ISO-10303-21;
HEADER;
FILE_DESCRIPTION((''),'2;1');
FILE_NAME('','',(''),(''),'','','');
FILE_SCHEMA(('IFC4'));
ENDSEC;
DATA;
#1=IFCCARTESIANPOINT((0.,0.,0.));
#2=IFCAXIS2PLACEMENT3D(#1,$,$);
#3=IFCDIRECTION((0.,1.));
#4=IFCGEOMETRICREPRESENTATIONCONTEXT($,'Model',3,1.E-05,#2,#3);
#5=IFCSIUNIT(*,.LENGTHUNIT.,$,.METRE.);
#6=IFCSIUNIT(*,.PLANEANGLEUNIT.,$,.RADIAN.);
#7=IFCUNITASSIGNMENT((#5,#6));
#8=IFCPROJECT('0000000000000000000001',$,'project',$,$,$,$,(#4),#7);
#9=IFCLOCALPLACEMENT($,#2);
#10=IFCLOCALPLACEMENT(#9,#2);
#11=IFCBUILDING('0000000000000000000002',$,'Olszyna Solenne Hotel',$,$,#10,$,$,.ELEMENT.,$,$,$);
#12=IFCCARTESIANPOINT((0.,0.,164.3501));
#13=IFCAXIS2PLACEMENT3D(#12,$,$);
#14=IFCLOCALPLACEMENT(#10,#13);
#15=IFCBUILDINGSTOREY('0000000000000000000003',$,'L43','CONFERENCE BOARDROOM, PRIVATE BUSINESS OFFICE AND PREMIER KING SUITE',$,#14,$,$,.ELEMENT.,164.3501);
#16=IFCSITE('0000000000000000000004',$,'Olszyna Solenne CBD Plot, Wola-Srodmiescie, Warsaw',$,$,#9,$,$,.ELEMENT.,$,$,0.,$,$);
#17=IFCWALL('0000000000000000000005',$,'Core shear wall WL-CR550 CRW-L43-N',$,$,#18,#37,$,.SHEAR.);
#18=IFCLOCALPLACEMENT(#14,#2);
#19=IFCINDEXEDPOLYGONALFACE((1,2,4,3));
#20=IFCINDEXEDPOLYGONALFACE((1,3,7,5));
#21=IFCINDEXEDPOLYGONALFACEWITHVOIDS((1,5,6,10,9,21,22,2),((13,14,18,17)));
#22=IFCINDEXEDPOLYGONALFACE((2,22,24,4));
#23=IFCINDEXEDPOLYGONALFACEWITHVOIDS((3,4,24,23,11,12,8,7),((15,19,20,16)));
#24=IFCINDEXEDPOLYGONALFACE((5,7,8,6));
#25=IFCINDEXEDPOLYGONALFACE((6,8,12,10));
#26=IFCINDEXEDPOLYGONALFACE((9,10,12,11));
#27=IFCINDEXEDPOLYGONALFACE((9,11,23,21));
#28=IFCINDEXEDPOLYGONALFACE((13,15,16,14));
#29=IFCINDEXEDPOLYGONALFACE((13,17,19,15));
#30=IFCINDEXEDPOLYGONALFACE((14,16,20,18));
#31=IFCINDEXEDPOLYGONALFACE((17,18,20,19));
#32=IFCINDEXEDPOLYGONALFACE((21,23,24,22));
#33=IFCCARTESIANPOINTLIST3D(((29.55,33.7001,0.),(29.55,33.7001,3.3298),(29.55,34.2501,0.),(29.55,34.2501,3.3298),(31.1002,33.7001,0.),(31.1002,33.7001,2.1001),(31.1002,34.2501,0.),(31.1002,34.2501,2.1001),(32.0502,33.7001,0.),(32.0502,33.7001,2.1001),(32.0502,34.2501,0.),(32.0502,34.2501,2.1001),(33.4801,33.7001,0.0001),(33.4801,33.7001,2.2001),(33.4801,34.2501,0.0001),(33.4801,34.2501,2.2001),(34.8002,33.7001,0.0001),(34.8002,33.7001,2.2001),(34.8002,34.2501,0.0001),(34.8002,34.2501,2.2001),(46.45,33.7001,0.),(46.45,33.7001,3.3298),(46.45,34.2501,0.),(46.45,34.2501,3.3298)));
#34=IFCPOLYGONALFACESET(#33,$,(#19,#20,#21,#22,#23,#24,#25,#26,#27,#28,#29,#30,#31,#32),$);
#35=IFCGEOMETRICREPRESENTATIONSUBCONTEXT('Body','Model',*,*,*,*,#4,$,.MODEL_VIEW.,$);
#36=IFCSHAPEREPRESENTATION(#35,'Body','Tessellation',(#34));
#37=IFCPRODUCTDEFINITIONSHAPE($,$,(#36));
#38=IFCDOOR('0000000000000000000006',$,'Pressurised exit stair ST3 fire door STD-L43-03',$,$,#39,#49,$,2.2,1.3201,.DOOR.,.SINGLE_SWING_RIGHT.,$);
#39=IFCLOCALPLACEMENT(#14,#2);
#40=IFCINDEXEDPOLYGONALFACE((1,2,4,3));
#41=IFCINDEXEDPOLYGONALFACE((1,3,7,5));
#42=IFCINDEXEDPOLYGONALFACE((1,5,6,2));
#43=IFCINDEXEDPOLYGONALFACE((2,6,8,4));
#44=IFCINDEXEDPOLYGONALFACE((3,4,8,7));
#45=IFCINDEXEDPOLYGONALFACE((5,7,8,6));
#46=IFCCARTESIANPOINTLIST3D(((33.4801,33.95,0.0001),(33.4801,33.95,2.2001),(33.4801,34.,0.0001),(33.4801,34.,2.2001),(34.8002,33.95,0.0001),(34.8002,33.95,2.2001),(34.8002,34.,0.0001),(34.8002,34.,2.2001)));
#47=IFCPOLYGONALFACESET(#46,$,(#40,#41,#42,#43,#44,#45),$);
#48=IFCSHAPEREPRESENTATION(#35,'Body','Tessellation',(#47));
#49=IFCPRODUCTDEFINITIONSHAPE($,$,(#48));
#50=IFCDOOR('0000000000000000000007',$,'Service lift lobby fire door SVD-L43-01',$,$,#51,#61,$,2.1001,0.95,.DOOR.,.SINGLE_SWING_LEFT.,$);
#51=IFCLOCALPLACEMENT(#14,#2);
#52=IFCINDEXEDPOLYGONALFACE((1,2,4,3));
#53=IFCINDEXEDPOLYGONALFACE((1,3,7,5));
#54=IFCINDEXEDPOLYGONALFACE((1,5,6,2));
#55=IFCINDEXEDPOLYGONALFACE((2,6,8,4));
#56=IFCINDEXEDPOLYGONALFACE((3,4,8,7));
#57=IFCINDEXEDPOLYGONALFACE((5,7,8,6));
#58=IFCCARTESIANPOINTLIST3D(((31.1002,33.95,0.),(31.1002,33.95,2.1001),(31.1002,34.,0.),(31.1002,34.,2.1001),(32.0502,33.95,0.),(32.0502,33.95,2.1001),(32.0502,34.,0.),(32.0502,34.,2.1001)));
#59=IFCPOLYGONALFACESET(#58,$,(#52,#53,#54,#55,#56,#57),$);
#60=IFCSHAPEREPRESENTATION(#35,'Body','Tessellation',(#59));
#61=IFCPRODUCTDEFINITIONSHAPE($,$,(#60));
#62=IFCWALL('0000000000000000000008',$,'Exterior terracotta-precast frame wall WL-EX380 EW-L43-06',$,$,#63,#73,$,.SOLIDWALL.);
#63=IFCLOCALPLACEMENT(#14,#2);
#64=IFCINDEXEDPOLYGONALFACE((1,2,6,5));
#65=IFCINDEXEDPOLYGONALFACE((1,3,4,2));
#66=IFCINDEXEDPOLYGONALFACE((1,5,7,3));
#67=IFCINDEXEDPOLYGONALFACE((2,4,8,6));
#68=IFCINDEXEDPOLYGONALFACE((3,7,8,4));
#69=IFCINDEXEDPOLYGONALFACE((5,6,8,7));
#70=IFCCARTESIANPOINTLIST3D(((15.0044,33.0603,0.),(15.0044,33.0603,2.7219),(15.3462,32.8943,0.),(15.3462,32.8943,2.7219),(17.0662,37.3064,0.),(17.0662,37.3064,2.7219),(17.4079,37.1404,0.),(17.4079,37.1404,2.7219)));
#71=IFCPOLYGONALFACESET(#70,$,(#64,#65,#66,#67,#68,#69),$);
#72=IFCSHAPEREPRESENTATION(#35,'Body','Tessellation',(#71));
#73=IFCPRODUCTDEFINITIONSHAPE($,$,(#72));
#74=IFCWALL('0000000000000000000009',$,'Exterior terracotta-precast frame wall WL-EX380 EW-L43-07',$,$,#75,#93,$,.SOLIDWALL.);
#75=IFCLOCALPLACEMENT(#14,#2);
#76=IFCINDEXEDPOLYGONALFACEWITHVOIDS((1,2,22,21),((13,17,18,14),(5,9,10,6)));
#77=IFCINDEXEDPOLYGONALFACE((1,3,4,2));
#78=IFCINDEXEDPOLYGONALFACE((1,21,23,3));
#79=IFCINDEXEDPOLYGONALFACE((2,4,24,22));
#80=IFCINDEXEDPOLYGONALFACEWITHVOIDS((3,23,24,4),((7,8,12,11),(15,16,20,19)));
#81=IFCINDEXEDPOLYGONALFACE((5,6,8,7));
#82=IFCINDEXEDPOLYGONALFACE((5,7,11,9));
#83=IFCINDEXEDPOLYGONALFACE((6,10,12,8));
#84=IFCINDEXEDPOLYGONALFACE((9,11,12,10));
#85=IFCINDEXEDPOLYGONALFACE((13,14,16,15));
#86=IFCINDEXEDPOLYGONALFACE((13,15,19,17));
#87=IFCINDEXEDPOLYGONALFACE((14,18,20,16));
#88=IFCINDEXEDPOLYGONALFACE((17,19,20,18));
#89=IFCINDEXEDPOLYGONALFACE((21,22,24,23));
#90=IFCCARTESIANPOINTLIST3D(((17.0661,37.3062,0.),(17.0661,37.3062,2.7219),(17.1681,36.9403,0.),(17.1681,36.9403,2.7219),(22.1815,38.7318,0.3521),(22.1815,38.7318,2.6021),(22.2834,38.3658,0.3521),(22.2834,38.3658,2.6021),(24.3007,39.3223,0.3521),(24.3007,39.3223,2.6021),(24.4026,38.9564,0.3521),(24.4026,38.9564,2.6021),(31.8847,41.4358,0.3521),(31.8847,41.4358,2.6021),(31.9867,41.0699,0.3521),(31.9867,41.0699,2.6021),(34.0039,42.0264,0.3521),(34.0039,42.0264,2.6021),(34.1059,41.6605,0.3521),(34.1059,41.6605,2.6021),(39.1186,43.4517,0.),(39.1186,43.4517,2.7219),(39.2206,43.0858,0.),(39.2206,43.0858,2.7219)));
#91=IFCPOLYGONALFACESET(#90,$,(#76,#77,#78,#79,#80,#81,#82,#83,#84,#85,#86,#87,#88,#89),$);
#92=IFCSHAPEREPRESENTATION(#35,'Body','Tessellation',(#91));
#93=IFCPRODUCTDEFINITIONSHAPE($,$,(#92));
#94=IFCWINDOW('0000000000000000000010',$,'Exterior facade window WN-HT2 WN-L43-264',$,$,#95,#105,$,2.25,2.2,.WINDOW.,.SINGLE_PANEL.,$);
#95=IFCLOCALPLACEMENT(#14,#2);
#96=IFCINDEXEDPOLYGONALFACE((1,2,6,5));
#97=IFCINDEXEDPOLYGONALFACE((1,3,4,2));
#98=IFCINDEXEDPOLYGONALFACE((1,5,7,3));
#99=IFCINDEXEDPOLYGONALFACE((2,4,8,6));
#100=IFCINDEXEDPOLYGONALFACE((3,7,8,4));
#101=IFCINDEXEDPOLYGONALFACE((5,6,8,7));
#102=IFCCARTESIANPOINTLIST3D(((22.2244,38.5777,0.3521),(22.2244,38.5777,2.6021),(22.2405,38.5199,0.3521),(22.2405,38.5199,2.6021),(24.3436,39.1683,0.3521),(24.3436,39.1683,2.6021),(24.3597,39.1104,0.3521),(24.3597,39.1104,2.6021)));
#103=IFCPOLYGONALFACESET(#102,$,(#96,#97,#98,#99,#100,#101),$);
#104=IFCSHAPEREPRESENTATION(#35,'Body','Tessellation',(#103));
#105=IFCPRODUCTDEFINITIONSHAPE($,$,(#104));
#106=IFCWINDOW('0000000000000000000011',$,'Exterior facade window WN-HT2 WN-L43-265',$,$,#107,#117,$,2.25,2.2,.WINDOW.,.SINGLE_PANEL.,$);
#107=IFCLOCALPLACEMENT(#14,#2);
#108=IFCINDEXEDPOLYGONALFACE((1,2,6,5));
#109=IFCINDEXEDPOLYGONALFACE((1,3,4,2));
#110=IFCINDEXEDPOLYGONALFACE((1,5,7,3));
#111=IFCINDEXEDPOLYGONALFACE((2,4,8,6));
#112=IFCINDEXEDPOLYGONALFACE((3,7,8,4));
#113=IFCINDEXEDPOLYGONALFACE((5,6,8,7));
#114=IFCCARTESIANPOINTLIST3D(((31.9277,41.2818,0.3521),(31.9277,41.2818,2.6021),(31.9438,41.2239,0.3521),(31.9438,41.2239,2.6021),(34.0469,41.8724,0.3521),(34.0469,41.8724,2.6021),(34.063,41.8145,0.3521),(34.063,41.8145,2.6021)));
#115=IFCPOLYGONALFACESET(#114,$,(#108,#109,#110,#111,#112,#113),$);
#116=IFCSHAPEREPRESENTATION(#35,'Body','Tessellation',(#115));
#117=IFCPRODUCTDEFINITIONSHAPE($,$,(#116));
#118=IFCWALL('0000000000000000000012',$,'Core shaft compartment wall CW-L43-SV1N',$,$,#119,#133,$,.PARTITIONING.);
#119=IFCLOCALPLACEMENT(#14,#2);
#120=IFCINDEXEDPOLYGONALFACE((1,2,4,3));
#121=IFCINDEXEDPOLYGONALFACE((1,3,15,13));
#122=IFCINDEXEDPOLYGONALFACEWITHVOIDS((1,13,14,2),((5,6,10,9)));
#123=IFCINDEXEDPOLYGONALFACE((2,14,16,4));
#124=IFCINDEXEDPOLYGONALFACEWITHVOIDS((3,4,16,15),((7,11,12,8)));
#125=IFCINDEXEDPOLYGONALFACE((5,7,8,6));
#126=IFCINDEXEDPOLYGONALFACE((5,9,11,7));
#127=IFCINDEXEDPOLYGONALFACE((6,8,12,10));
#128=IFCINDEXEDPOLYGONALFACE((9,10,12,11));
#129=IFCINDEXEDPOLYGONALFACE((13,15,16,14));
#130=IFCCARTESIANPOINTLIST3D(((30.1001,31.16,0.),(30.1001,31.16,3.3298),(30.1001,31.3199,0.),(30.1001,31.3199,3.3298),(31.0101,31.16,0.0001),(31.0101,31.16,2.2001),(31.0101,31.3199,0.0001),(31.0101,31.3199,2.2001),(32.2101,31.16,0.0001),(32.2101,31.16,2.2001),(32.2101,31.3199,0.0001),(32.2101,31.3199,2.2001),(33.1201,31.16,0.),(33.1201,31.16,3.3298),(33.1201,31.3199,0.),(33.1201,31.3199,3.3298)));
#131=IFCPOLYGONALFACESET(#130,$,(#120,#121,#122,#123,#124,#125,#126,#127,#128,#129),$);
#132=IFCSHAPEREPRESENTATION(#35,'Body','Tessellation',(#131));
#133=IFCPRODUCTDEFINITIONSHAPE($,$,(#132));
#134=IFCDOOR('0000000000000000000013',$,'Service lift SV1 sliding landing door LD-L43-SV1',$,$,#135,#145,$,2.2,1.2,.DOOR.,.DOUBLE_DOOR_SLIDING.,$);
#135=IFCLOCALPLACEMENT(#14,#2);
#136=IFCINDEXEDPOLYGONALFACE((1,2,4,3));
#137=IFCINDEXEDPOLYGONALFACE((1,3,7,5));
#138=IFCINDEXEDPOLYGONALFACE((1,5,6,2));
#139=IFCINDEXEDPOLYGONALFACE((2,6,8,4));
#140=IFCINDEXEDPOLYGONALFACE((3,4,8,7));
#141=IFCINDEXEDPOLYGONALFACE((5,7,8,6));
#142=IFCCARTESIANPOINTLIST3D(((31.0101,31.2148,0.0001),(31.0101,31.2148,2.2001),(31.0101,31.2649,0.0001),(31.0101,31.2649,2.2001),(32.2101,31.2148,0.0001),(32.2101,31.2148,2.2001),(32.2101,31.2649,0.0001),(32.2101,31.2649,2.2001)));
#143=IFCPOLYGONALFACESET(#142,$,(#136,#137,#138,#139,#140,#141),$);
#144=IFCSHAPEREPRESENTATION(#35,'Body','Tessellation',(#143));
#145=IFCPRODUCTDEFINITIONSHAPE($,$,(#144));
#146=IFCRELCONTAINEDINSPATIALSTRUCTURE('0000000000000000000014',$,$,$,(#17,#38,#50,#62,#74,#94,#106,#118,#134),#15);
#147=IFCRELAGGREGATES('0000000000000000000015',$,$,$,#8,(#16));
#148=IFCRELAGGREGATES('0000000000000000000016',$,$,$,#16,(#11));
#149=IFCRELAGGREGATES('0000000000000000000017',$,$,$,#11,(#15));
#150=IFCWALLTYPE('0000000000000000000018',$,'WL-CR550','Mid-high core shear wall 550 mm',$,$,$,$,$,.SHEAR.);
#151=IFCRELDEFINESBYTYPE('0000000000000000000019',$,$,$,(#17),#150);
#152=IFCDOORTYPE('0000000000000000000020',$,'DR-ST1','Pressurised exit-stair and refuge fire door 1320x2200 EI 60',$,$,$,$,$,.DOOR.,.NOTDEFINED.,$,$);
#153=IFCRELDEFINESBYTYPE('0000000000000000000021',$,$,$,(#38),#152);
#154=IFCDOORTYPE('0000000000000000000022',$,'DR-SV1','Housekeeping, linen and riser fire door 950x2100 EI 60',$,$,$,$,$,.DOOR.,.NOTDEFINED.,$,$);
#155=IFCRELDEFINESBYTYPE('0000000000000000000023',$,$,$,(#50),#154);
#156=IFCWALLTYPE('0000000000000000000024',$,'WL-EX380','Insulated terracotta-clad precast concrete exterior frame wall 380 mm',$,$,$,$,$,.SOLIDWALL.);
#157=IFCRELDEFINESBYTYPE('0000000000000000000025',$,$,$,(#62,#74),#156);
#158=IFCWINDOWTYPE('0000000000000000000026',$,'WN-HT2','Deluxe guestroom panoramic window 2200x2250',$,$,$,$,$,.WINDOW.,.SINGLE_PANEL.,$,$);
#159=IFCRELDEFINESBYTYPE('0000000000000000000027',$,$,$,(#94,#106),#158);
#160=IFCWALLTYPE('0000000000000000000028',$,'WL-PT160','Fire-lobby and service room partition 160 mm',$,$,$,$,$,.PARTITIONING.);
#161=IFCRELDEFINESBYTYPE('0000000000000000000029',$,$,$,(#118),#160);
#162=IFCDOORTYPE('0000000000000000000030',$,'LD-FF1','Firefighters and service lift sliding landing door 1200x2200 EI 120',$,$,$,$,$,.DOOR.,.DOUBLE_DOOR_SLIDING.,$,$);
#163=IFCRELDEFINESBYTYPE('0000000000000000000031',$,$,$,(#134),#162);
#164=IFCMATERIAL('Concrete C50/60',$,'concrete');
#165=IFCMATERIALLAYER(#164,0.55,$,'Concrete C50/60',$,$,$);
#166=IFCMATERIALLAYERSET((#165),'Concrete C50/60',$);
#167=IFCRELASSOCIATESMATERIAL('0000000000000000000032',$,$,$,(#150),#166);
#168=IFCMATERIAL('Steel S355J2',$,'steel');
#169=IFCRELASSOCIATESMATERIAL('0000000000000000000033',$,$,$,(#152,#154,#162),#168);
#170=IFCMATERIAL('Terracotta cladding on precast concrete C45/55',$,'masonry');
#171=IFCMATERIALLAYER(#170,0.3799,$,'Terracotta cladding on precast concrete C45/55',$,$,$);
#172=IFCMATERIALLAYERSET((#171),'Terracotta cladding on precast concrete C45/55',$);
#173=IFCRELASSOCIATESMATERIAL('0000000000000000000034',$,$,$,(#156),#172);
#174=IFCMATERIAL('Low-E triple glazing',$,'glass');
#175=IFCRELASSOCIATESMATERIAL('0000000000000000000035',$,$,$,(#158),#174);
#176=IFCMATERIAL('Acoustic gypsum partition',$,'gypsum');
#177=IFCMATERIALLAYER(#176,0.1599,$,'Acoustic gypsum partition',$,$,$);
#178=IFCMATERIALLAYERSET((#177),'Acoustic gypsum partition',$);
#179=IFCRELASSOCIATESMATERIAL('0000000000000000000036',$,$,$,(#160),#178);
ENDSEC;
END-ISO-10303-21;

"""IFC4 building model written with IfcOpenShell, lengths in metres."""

from ifc_helpers import new_model, si_unit, direction, frame, frame_2d, origin, place, context, subcontext, project, spatial, rectangle, extrude, source, transform, mapped, material, layer, layer_set, type_object, type_shapes, element, fill, save


model = new_model("IFC4")

# Units and contexts
model_context = context("Model", 3, precision=1e-05, world=origin(), true_north=direction((0.0, 1.0)))
body_context = subcontext(model_context, "Body", "Model", "MODEL_VIEW")
ifc_project = project(units=[si_unit("LENGTHUNIT", "METRE"), si_unit("PLANEANGLEUNIT", "RADIAN")], contexts=[model_context])

# Site, building, storey
site_placement = place(None, origin())
site = spatial("IfcSite", under=ifc_project, at=site_placement, Name="Olszyna Solenne CBD Plot, Wola-Srodmiescie, Warsaw", CompositionType="ELEMENT", RefElevation=0.0)
building_placement = place(site_placement, origin())
building = spatial("IfcBuilding", under=site, at=building_placement, Name="Olszyna Solenne Hotel", CompositionType="ELEMENT")
storey_placement = place(building_placement, frame((0.0, 0.0, 164.3501)))
storey = spatial("IfcBuildingStorey", under=building, at=storey_placement, Name="L43", Description="CONFERENCE BOARDROOM, PRIVATE BUSINESS OFFICE AND PREMIER KING SUITE", CompositionType="ELEMENT", Elevation=164.3501)

# Shared definitions
ifc_material_1 = material(Name="Steel S355J2", Category="steel")

# Wall, openings, doors
ifc_material_2 = material(Name="Concrete C50/60", Category="concrete")
ifc_layer_1 = layer(ifc_material_2, 0.55, Name="Concrete C50/60")
ifc_layer_set_1 = layer_set([ifc_layer_1], Name="Concrete C50/60")
wall_type_1 = type_object("IfcWallType", Name="WL-CR550", Description="Mid-high core shear wall 550 mm", PredefinedType="SHEAR", material=ifc_layer_set_1)
wall_1_placement = place(storey_placement, frame((29.55, 33.9751, 0.0), z_axis=(0.0, 0.0, 1.0), x_axis=(1.0, 0.0, 0.0)))
wall_1 = element("IfcWall", 1, at=wall_1_placement, inside=storey, type_object=wall_type_1, Name="Core shear wall WL-CR550 CRW-L43-N", PredefinedType="SHEAR", context=body_context, shape_type="SweptSolid", body=[
    extrude(rectangle(XDim=16.8999, YDim=0.55, at=frame_2d((8.45, 0.0))), origin(), (0.0, 0.0, 1.0), 3.3298),
])
opening_1_placement = place(wall_1_placement, frame((1.55, 0.0, 0.0)))
opening_1 = element("IfcOpeningElement", 2, at=opening_1_placement, cuts=wall_1, PredefinedType="OPENING", context=body_context, shape_type="SweptSolid", body=[
    extrude(rectangle(XDim=0.95, YDim=2.1001, at=frame_2d((0.4751, 1.05))), frame((0.0, 0.2852, 0.0), z_axis=(0.0, -1.0, 0.0), x_axis=(1.0, 0.0, 0.0)), (0.0, 0.0, 1.0), 0.5701),
])
opening_2_placement = place(wall_1_placement, frame((3.9299, 0.0, 0.0)))
opening_2 = element("IfcOpeningElement", 3, at=opening_2_placement, cuts=wall_1, PredefinedType="OPENING", context=body_context, shape_type="SweptSolid", body=[
    extrude(rectangle(XDim=1.3201, YDim=2.2, at=frame_2d((0.6602, 1.1001))), frame((0.0, 0.2852, 0.0), z_axis=(0.0, -1.0, 0.0), x_axis=(1.0, 0.0, 0.0)), (0.0, 0.0, 1.0), 0.5701),
])
door_type_1 = type_object("IfcDoorType", Name="DR-ST1", Description="Pressurised exit-stair and refuge fire door 1320x2200 EI 60", OperationType="NOTDEFINED", PredefinedType="DOOR", material=ifc_material_1)
shared_shape_1 = source(origin(), body_context, "Body", "SweptSolid", [
    extrude(rectangle(XDim=1.3201, YDim=2.2, at=frame_2d((0.6602, 1.1001))), frame((0.0, 0.0249, 0.0), z_axis=(0.0, -1.0, 0.0), x_axis=(1.0, 0.0, 0.0)), (0.0, 0.0, 1.0), 0.05),
])
type_shapes(door_type_1, [shared_shape_1])
door_1_placement = place(opening_2_placement, origin())
door_1 = element("IfcDoor", 4, at=door_1_placement, inside=storey, type_object=door_type_1, Name="Pressurised exit stair ST3 fire door STD-L43-03", OperationType="SINGLE_SWING_RIGHT", OverallHeight=2.2, OverallWidth=1.3201, PredefinedType="DOOR", context=body_context, shape_type="MappedRepresentation", body=[
    mapped(shared_shape_1, transform((0.0, 0.0, 0.0), x_axis=(1.0, 0.0, 0.0), y_axis=(0.0, 1.0, 0.0), z_axis=(0.0, 0.0, 1.0), scale=1.0)),
])
fill(opening_2, door_1)
door_type_2 = type_object("IfcDoorType", Name="DR-SV1", Description="Housekeeping, linen and riser fire door 950x2100 EI 60", OperationType="NOTDEFINED", PredefinedType="DOOR", material=ifc_material_1)
shared_shape_2 = source(origin(), body_context, "Body", "SweptSolid", [
    extrude(rectangle(XDim=0.95, YDim=2.1001, at=frame_2d((0.4751, 1.05))), frame((0.0, 0.0249, 0.0), z_axis=(0.0, -1.0, 0.0), x_axis=(1.0, 0.0, 0.0)), (0.0, 0.0, 1.0), 0.05),
])
type_shapes(door_type_2, [shared_shape_2])
door_2_placement = place(opening_1_placement, origin())
door_2 = element("IfcDoor", 5, at=door_2_placement, inside=storey, type_object=door_type_2, Name="Service lift lobby fire door SVD-L43-01", OperationType="SINGLE_SWING_LEFT", OverallHeight=2.1001, OverallWidth=0.95, PredefinedType="DOOR", context=body_context, shape_type="MappedRepresentation", body=[
    mapped(shared_shape_2, transform((0.0, 0.0, 0.0), x_axis=(1.0, 0.0, 0.0), y_axis=(0.0, 1.0, 0.0), z_axis=(0.0, 0.0, 1.0), scale=1.0)),
])
fill(opening_1, door_2)

# Wall
ifc_material_3 = material(Name="Terracotta cladding on precast concrete C45/55", Category="masonry")
ifc_layer_2 = layer(ifc_material_3, 0.3799, Name="Terracotta cladding on precast concrete C45/55")
ifc_layer_set_2 = layer_set([ifc_layer_2], Name="Terracotta cladding on precast concrete C45/55")
wall_type_2 = type_object("IfcWallType", Name="WL-EX380", Description="Insulated terracotta-clad precast concrete exterior frame wall 380 mm", PredefinedType="SOLIDWALL", material=ifc_layer_set_2)
wall_2_placement = place(storey_placement, frame((15.1753, 32.9773, 0.0), z_axis=(0.0, 0.0, 1.0), x_axis=(0.436798, 0.89956, 0.0)))
element("IfcWall", 6, at=wall_2_placement, inside=storey, type_object=wall_type_2, Name="Exterior terracotta-precast frame wall WL-EX380 EW-L43-06", PredefinedType="SOLIDWALL", context=body_context, shape_type="SweptSolid", body=[
    extrude(rectangle(XDim=4.7202, YDim=0.3799, at=frame_2d((2.3601, 0.0))), origin(), (0.0, 0.0, 1.0), 2.7219),
])

# Wall, openings, windows
wall_3_placement = place(storey_placement, frame((17.1172, 37.1233, 0.0), z_axis=(0.0, 0.0, 1.0), x_axis=(0.963294, 0.268447, 0.0)))
wall_3 = element("IfcWall", 7, at=wall_3_placement, inside=storey, type_object=wall_type_2, Name="Exterior terracotta-precast frame wall WL-EX380 EW-L43-07", PredefinedType="SOLIDWALL", context=body_context, shape_type="SweptSolid", body=[
    extrude(rectangle(XDim=22.8928, YDim=0.3799, at=frame_2d((11.4463, 0.0))), origin(), (0.0, 0.0, 1.0), 2.7219),
])
opening_3_placement = place(wall_3_placement, frame((5.3101, 0.0, 0.3521)))
opening_3 = element("IfcOpeningElement", 8, at=opening_3_placement, cuts=wall_3, PredefinedType="OPENING", context=body_context, shape_type="SweptSolid", body=[
    extrude(rectangle(XDim=2.2, YDim=2.25, at=frame_2d((1.1001, 1.125))), frame((0.0, 0.2, 0.0), z_axis=(0.0, -1.0, 0.0), x_axis=(1.0, 0.0, 0.0)), (0.0, 0.0, 1.0), 0.3999),
])
opening_4_placement = place(wall_3_placement, frame((15.3831, 0.0, 0.3521)))
opening_4 = element("IfcOpeningElement", 9, at=opening_4_placement, cuts=wall_3, PredefinedType="OPENING", context=body_context, shape_type="SweptSolid", body=[
    extrude(rectangle(XDim=2.2, YDim=2.25, at=frame_2d((1.1001, 1.125))), frame((0.0, 0.2, 0.0), z_axis=(0.0, -1.0, 0.0), x_axis=(1.0, 0.0, 0.0)), (0.0, 0.0, 1.0), 0.3999),
])
ifc_material_4 = material(Name="Low-E triple glazing", Category="glass")
window_type = type_object("IfcWindowType", Name="WN-HT2", Description="Deluxe guestroom panoramic window 2200x2250", PartitioningType="SINGLE_PANEL", PredefinedType="WINDOW", material=ifc_material_4)
shared_shape_3 = source(origin(), body_context, "Body", "SweptSolid", [
    extrude(rectangle(XDim=2.2, YDim=2.25, at=frame_2d((1.1001, 1.125))), frame((0.0, 0.03, 0.0), z_axis=(0.0, -1.0, 0.0), x_axis=(1.0, 0.0, 0.0)), (0.0, 0.0, 1.0), 0.0601),
])
type_shapes(window_type, [shared_shape_3])
window_1_placement = place(opening_3_placement, origin())
window_1 = element("IfcWindow", 10, at=window_1_placement, inside=storey, type_object=window_type, Name="Exterior facade window WN-HT2 WN-L43-264", OverallHeight=2.25, OverallWidth=2.2, PartitioningType="SINGLE_PANEL", PredefinedType="WINDOW", context=body_context, shape_type="MappedRepresentation", body=[
    mapped(shared_shape_3, transform((0.0, 0.0, 0.0), x_axis=(1.0, 0.0, 0.0), y_axis=(0.0, 1.0, 0.0), z_axis=(0.0, 0.0, 1.0), scale=1.0)),
])
fill(opening_3, window_1)
window_2_placement = place(opening_4_placement, origin())
window_2 = element("IfcWindow", 11, at=window_2_placement, inside=storey, type_object=window_type, Name="Exterior facade window WN-HT2 WN-L43-265", OverallHeight=2.25, OverallWidth=2.2, PartitioningType="SINGLE_PANEL", PredefinedType="WINDOW", context=body_context, shape_type="MappedRepresentation", body=[
    mapped(shared_shape_3, transform((0.0, 0.0, 0.0), x_axis=(1.0, 0.0, 0.0), y_axis=(0.0, 1.0, 0.0), z_axis=(0.0, 0.0, 1.0), scale=1.0)),
])
fill(opening_4, window_2)

# Wall, opening, door
ifc_material_5 = material(Name="Acoustic gypsum partition", Category="gypsum")
ifc_layer_3 = layer(ifc_material_5, 0.1599, Name="Acoustic gypsum partition")
ifc_layer_set_3 = layer_set([ifc_layer_3], Name="Acoustic gypsum partition")
wall_type_3 = type_object("IfcWallType", Name="WL-PT160", Description="Fire-lobby and service room partition 160 mm", PredefinedType="PARTITIONING", material=ifc_layer_set_3)
wall_4_placement = place(storey_placement, frame((30.1001, 31.24, 0.0), z_axis=(0.0, 0.0, 1.0), x_axis=(1.0, 0.0, 0.0)))
wall_4 = element("IfcWall", 12, at=wall_4_placement, inside=storey, type_object=wall_type_3, Name="Core shaft compartment wall CW-L43-SV1N", PredefinedType="PARTITIONING", context=body_context, shape_type="SweptSolid", body=[
    extrude(rectangle(XDim=3.02, YDim=0.1599, at=frame_2d((1.51, 0.0))), origin(), (0.0, 0.0, 1.0), 3.3298),
])
opening_5_placement = place(wall_4_placement, frame((0.9099, 0.0, 0.0)))
opening_5 = element("IfcOpeningElement", 13, at=opening_5_placement, cuts=wall_4, PredefinedType="OPENING", context=body_context, shape_type="SweptSolid", body=[
    extrude(rectangle(XDim=1.2, YDim=2.2, at=frame_2d((0.6001, 1.1001))), frame((0.0, 0.0898, 0.0), z_axis=(0.0, -1.0, 0.0), x_axis=(1.0, 0.0, 0.0)), (0.0, 0.0, 1.0), 0.1799),
])
door_type_3 = type_object("IfcDoorType", Name="LD-FF1", Description="Firefighters and service lift sliding landing door 1200x2200 EI 120", OperationType="DOUBLE_DOOR_SLIDING", PredefinedType="DOOR", material=ifc_material_1)
shared_shape_4 = source(origin(), body_context, "Body", "SweptSolid", [
    extrude(rectangle(XDim=1.2, YDim=2.2, at=frame_2d((0.6001, 1.1001))), frame((0.0, 0.0249, 0.0), z_axis=(0.0, -1.0, 0.0), x_axis=(1.0, 0.0, 0.0)), (0.0, 0.0, 1.0), 0.05),
])
type_shapes(door_type_3, [shared_shape_4])
door_3_placement = place(opening_5_placement, origin())
door_3 = element("IfcDoor", 14, at=door_3_placement, inside=storey, type_object=door_type_3, Name="Service lift SV1 sliding landing door LD-L43-SV1", OperationType="DOUBLE_DOOR_SLIDING", OverallHeight=2.2, OverallWidth=1.2, PredefinedType="DOOR", context=body_context, shape_type="MappedRepresentation", body=[
    mapped(shared_shape_4, transform((0.0, 0.0, 0.0), x_axis=(1.0, 0.0, 0.0), y_axis=(0.0, 1.0, 0.0), z_axis=(0.0, 0.0, 1.0), scale=1.0)),
])
fill(opening_5, door_3)

save(model, "model.ifc")
